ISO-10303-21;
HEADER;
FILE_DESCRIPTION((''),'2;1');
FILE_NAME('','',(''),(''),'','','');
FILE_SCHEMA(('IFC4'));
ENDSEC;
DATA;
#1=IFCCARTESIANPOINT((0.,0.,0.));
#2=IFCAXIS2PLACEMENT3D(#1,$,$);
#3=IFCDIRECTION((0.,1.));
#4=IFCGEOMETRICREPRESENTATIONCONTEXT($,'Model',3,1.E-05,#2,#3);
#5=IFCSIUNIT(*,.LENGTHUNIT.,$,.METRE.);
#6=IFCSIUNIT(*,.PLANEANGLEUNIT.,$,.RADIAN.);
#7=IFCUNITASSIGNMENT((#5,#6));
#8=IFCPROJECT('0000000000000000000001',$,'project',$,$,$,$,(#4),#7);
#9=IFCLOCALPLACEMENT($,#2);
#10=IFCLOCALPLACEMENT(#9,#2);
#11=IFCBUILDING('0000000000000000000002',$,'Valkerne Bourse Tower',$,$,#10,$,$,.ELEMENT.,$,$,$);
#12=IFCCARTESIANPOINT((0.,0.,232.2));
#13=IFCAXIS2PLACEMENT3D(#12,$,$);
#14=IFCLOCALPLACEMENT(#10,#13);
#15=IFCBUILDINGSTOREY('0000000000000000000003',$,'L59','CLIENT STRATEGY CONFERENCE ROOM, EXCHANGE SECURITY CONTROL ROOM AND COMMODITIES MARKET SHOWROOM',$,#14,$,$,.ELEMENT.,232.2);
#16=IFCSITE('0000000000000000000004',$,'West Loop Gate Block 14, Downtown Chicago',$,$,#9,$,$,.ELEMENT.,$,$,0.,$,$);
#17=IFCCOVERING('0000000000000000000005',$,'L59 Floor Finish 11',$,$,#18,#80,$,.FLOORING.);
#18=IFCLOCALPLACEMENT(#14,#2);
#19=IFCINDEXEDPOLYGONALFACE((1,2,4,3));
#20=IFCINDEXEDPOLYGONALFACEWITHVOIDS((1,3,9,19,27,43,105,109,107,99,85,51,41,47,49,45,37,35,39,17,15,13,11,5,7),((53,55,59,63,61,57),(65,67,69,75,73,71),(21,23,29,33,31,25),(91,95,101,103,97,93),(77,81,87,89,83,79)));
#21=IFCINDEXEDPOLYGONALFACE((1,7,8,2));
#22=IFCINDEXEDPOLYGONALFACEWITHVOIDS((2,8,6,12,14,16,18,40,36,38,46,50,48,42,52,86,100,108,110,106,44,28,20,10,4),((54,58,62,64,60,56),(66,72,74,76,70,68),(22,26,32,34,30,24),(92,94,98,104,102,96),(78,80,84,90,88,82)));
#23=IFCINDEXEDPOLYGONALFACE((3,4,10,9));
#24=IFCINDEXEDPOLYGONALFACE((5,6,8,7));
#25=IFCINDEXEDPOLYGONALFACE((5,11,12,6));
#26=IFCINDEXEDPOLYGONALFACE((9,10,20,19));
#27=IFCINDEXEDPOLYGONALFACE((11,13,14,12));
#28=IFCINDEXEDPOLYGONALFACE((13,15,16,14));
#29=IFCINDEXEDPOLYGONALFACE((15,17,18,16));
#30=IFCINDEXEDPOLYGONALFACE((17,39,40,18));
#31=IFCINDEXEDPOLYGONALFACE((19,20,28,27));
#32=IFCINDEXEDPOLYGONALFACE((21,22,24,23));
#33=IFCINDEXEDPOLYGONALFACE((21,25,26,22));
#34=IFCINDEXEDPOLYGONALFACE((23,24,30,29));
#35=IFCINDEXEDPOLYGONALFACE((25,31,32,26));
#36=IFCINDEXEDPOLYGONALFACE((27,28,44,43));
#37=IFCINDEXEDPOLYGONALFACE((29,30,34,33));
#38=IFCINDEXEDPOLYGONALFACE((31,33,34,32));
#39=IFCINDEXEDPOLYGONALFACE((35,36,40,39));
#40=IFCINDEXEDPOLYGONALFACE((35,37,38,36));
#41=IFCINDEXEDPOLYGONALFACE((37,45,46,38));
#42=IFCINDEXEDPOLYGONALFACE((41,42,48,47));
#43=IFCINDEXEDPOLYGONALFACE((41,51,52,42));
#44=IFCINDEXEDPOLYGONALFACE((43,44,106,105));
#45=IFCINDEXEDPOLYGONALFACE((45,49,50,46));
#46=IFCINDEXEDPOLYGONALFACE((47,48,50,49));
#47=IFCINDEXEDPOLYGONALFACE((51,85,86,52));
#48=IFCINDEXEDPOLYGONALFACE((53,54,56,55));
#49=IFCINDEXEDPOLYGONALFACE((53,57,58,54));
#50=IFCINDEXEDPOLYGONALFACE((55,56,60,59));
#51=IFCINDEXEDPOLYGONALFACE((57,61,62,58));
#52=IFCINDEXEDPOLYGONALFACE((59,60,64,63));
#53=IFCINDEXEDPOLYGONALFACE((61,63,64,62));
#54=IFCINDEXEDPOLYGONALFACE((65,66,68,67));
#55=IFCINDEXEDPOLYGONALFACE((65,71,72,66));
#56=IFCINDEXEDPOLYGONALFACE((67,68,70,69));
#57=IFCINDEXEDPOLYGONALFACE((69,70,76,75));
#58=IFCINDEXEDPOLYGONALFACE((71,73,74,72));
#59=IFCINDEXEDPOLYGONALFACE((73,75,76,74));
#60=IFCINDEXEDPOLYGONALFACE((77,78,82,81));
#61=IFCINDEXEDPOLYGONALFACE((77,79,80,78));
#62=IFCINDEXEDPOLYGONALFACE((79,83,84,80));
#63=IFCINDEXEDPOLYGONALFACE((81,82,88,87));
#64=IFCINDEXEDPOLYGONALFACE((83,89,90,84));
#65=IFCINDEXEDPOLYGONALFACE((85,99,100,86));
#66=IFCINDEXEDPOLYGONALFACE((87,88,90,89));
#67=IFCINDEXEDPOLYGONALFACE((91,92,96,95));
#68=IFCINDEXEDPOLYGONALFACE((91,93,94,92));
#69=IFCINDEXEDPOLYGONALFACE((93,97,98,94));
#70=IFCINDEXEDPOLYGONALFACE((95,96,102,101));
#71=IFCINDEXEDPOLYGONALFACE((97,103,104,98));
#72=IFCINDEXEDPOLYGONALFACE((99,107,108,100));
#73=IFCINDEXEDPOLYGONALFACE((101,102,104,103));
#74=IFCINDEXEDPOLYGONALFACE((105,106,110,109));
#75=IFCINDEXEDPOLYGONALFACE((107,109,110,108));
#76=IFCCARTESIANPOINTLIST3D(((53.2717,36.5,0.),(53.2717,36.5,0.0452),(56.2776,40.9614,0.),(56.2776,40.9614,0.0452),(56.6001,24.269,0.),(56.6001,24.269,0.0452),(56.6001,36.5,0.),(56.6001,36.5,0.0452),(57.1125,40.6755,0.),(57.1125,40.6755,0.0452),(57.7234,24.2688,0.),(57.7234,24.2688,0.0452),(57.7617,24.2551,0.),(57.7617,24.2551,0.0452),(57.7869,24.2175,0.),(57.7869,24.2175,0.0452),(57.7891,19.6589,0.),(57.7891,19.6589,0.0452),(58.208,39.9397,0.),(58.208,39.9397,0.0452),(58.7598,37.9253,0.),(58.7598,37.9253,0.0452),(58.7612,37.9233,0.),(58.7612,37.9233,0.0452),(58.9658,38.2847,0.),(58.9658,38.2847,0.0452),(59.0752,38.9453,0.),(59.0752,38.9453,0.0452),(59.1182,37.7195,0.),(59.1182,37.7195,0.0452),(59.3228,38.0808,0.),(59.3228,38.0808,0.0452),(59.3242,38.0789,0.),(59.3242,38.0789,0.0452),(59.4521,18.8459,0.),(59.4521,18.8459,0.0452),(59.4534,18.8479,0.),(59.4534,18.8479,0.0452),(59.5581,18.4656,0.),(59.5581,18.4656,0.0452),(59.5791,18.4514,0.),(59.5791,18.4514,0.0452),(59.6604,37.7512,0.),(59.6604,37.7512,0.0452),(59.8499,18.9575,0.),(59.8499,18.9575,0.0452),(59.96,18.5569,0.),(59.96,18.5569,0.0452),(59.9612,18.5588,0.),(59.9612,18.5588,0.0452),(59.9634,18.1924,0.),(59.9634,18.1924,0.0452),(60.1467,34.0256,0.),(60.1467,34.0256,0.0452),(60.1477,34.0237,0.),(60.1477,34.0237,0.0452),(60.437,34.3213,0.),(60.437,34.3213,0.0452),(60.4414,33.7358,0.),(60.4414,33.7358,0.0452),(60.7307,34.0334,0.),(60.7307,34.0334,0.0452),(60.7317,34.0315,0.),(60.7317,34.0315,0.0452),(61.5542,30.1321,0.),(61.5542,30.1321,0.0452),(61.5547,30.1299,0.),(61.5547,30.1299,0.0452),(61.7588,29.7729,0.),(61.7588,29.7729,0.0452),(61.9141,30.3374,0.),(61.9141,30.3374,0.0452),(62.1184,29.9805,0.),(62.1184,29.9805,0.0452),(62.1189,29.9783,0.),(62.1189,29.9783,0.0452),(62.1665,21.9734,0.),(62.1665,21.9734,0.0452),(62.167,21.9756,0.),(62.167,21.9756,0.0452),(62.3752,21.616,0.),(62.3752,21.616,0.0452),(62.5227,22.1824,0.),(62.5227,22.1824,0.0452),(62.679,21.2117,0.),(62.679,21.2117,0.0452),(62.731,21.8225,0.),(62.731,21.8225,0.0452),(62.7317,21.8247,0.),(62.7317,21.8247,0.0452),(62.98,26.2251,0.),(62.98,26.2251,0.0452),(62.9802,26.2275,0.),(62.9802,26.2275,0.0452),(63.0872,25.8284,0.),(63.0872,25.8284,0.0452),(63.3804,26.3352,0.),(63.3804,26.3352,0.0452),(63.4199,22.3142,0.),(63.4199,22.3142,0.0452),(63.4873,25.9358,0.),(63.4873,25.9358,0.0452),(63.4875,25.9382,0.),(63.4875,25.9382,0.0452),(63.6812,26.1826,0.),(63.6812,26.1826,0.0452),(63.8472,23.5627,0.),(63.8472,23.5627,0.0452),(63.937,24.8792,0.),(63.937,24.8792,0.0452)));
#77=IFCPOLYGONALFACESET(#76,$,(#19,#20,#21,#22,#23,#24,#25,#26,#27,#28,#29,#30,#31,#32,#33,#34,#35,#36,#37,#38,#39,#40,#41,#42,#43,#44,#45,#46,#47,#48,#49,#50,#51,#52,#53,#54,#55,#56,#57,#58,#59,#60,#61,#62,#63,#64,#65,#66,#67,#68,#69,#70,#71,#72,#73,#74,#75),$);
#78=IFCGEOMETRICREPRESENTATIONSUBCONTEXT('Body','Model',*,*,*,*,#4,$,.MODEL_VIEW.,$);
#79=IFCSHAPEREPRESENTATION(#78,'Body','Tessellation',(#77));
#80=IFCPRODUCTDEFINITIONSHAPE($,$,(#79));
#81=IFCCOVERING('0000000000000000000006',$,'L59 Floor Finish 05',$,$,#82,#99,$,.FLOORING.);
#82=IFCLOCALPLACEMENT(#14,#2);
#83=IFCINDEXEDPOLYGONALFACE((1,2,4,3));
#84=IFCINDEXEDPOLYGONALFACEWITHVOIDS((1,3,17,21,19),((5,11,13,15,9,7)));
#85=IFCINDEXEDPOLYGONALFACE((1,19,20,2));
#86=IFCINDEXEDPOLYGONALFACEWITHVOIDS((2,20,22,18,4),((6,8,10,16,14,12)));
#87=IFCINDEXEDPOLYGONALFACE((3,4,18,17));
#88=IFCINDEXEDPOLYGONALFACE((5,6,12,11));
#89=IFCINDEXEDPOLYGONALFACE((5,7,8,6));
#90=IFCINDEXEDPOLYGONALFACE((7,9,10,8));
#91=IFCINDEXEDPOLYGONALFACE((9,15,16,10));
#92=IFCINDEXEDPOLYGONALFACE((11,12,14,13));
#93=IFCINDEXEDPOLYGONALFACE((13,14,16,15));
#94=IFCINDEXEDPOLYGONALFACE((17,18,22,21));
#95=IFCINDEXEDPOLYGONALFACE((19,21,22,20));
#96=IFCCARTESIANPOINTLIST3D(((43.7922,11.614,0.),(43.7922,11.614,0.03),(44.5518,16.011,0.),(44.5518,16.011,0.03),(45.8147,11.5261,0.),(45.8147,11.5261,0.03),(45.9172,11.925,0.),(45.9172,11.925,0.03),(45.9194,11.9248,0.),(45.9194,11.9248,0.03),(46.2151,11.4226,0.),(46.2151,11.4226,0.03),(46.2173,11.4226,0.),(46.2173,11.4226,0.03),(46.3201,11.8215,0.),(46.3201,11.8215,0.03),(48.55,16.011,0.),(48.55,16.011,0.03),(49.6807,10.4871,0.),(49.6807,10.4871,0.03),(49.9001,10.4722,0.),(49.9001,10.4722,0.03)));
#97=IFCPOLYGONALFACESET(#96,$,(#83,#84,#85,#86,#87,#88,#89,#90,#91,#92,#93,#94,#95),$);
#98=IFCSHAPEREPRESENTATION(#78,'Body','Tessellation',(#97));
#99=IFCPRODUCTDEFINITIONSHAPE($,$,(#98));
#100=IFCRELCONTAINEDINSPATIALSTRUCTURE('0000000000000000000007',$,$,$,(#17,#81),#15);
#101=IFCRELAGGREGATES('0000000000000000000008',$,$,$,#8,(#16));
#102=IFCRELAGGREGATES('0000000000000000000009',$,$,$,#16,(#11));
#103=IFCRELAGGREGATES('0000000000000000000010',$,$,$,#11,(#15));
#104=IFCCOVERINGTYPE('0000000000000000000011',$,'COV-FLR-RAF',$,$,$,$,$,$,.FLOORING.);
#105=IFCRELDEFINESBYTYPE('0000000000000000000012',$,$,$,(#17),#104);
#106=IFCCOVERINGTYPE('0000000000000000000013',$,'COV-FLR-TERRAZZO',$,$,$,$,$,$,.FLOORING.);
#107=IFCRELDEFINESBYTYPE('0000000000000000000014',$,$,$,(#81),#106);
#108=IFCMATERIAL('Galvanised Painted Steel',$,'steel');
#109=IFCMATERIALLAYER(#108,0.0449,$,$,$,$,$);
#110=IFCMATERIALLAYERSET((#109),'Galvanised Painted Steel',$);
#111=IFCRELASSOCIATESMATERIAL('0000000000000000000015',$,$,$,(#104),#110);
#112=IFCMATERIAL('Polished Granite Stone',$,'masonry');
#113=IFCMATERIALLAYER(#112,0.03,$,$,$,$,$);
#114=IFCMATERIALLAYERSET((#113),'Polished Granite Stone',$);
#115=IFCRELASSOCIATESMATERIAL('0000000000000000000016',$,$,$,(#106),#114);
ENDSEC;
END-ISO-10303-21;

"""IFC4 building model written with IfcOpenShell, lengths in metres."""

from ifc_helpers import new_model, si_unit, direction, frame, origin, place, context, subcontext, project, spatial, polyline, outline, extrude, material, layer, layer_set, type_object, element, save


model = new_model("IFC4")

# Units and contexts
model_context = context("Model", 3, precision=1e-05, world=origin(), true_north=direction((0.0, 1.0)))
body_context = subcontext(model_context, "Body", "Model", "MODEL_VIEW")
ifc_project = project(units=[si_unit("LENGTHUNIT", "METRE"), si_unit("PLANEANGLEUNIT", "RADIAN")], contexts=[model_context])

# Site, building, storey
site_placement = place(None, origin())
site = spatial("IfcSite", under=ifc_project, at=site_placement, Name="West Loop Gate Block 14, Downtown Chicago", CompositionType="ELEMENT", RefElevation=0.0)
building_placement = place(site_placement, origin())
building = spatial("IfcBuilding", under=site, at=building_placement, Name="Valkerne Bourse Tower", CompositionType="ELEMENT")
storey_placement = place(building_placement, frame((0.0, 0.0, 232.2)))
storey = spatial("IfcBuildingStorey", under=building, at=storey_placement, Name="L59", Description="CLIENT STRATEGY CONFERENCE ROOM, EXCHANGE SECURITY CONTROL ROOM AND COMMODITIES MARKET SHOWROOM", CompositionType="ELEMENT", Elevation=232.2)

# Coverings
ifc_material_1 = material(Name="Galvanised Painted Steel", Category="steel")
ifc_layer_1 = layer(ifc_material_1, 0.0449)
ifc_layer_set_1 = layer_set([ifc_layer_1], Name="Galvanised Painted Steel")
covering_type_1 = type_object("IfcCoveringType", Name="COV-FLR-RAF", PredefinedType="FLOORING", material=ifc_layer_set_1)
covering_1_placement = place(storey_placement, origin())
element("IfcCovering", 1, at=covering_1_placement, inside=storey, type_object=covering_type_1, Name="L59 Floor Finish 11", PredefinedType="FLOORING", context=body_context, shape_type="SweptSolid", body=[
    extrude(outline(polyline([(63.4199, 22.3142), (62.679, 21.2117), (59.9634, 18.1924), (59.5791, 18.4514), (59.96, 18.5569), (59.9612, 18.5588), (59.8499, 18.9575), (59.4534, 18.8479), (59.4521, 18.8459), (59.5581, 18.4656), (57.7891, 19.6589), (57.7869, 24.2175), (57.7617, 24.2551), (57.7234, 24.2688), (56.6001, 24.269), (56.6001, 36.5), (53.2717, 36.5), (56.2776, 40.9614), (57.1125, 40.6755), (58.208, 39.9397), (59.0752, 38.9453), (59.6604, 37.7512), (63.6812, 26.1826), (63.937, 24.8792), (63.8472, 23.5627), (63.4199, 22.3142)]), holes=[polyline([(62.7317, 21.8247), (62.5227, 22.1824), (62.167, 21.9756), (62.1665, 21.9734), (62.3752, 21.616), (62.731, 21.8225), (62.7317, 21.8247)]), polyline([(63.4873, 25.9358), (63.4875, 25.9382), (63.3804, 26.3352), (62.9802, 26.2275), (62.98, 26.2251), (63.0872, 25.8284), (63.4873, 25.9358)]), polyline([(62.1184, 29.9805), (61.9141, 30.3374), (61.5542, 30.1321), (61.5547, 30.1299), (61.7588, 29.7729), (62.1189, 29.9783), (62.1184, 29.9805)]), polyline([(60.7307, 34.0334), (60.437, 34.3213), (60.1467, 34.0256), (60.1477, 34.0237), (60.4414, 33.7358), (60.7317, 34.0315), (60.7307, 34.0334)]), polyline([(59.3228, 38.0808), (58.9658, 38.2847), (58.7598, 37.9253), (58.7612, 37.9233), (59.1182, 37.7195), (59.3242, 38.0789), (59.3228, 38.0808)])]), origin(), (0.0, 0.0, 1.0), 0.0452),
])
ifc_material_2 = material(Name="Polished Granite Stone", Category="masonry")
ifc_layer_2 = layer(ifc_material_2, 0.03)
ifc_layer_set_2 = layer_set([ifc_layer_2], Name="Polished Granite Stone")
covering_type_2 = type_object("IfcCoveringType", Name="COV-FLR-TERRAZZO", PredefinedType="FLOORING", material=ifc_layer_set_2)
covering_2_placement = place(storey_placement, origin())
element("IfcCovering", 2, at=covering_2_placement, inside=storey, type_object=covering_type_2, Name="L59 Floor Finish 05", PredefinedType="FLOORING", context=body_context, shape_type="SweptSolid", body=[
    extrude(outline(polyline([(44.5518, 16.011), (48.55, 16.011), (49.9001, 10.4722), (49.6807, 10.4871), (43.7922, 11.614), (44.5518, 16.011)]), holes=[polyline([(45.9194, 11.9248), (45.9172, 11.925), (45.8147, 11.5261), (46.2151, 11.4226), (46.2173, 11.4226), (46.3201, 11.8215), (45.9194, 11.9248)])]), origin(), (0.0, 0.0, 1.0), 0.03),
])

save(model, "model.ifc")
